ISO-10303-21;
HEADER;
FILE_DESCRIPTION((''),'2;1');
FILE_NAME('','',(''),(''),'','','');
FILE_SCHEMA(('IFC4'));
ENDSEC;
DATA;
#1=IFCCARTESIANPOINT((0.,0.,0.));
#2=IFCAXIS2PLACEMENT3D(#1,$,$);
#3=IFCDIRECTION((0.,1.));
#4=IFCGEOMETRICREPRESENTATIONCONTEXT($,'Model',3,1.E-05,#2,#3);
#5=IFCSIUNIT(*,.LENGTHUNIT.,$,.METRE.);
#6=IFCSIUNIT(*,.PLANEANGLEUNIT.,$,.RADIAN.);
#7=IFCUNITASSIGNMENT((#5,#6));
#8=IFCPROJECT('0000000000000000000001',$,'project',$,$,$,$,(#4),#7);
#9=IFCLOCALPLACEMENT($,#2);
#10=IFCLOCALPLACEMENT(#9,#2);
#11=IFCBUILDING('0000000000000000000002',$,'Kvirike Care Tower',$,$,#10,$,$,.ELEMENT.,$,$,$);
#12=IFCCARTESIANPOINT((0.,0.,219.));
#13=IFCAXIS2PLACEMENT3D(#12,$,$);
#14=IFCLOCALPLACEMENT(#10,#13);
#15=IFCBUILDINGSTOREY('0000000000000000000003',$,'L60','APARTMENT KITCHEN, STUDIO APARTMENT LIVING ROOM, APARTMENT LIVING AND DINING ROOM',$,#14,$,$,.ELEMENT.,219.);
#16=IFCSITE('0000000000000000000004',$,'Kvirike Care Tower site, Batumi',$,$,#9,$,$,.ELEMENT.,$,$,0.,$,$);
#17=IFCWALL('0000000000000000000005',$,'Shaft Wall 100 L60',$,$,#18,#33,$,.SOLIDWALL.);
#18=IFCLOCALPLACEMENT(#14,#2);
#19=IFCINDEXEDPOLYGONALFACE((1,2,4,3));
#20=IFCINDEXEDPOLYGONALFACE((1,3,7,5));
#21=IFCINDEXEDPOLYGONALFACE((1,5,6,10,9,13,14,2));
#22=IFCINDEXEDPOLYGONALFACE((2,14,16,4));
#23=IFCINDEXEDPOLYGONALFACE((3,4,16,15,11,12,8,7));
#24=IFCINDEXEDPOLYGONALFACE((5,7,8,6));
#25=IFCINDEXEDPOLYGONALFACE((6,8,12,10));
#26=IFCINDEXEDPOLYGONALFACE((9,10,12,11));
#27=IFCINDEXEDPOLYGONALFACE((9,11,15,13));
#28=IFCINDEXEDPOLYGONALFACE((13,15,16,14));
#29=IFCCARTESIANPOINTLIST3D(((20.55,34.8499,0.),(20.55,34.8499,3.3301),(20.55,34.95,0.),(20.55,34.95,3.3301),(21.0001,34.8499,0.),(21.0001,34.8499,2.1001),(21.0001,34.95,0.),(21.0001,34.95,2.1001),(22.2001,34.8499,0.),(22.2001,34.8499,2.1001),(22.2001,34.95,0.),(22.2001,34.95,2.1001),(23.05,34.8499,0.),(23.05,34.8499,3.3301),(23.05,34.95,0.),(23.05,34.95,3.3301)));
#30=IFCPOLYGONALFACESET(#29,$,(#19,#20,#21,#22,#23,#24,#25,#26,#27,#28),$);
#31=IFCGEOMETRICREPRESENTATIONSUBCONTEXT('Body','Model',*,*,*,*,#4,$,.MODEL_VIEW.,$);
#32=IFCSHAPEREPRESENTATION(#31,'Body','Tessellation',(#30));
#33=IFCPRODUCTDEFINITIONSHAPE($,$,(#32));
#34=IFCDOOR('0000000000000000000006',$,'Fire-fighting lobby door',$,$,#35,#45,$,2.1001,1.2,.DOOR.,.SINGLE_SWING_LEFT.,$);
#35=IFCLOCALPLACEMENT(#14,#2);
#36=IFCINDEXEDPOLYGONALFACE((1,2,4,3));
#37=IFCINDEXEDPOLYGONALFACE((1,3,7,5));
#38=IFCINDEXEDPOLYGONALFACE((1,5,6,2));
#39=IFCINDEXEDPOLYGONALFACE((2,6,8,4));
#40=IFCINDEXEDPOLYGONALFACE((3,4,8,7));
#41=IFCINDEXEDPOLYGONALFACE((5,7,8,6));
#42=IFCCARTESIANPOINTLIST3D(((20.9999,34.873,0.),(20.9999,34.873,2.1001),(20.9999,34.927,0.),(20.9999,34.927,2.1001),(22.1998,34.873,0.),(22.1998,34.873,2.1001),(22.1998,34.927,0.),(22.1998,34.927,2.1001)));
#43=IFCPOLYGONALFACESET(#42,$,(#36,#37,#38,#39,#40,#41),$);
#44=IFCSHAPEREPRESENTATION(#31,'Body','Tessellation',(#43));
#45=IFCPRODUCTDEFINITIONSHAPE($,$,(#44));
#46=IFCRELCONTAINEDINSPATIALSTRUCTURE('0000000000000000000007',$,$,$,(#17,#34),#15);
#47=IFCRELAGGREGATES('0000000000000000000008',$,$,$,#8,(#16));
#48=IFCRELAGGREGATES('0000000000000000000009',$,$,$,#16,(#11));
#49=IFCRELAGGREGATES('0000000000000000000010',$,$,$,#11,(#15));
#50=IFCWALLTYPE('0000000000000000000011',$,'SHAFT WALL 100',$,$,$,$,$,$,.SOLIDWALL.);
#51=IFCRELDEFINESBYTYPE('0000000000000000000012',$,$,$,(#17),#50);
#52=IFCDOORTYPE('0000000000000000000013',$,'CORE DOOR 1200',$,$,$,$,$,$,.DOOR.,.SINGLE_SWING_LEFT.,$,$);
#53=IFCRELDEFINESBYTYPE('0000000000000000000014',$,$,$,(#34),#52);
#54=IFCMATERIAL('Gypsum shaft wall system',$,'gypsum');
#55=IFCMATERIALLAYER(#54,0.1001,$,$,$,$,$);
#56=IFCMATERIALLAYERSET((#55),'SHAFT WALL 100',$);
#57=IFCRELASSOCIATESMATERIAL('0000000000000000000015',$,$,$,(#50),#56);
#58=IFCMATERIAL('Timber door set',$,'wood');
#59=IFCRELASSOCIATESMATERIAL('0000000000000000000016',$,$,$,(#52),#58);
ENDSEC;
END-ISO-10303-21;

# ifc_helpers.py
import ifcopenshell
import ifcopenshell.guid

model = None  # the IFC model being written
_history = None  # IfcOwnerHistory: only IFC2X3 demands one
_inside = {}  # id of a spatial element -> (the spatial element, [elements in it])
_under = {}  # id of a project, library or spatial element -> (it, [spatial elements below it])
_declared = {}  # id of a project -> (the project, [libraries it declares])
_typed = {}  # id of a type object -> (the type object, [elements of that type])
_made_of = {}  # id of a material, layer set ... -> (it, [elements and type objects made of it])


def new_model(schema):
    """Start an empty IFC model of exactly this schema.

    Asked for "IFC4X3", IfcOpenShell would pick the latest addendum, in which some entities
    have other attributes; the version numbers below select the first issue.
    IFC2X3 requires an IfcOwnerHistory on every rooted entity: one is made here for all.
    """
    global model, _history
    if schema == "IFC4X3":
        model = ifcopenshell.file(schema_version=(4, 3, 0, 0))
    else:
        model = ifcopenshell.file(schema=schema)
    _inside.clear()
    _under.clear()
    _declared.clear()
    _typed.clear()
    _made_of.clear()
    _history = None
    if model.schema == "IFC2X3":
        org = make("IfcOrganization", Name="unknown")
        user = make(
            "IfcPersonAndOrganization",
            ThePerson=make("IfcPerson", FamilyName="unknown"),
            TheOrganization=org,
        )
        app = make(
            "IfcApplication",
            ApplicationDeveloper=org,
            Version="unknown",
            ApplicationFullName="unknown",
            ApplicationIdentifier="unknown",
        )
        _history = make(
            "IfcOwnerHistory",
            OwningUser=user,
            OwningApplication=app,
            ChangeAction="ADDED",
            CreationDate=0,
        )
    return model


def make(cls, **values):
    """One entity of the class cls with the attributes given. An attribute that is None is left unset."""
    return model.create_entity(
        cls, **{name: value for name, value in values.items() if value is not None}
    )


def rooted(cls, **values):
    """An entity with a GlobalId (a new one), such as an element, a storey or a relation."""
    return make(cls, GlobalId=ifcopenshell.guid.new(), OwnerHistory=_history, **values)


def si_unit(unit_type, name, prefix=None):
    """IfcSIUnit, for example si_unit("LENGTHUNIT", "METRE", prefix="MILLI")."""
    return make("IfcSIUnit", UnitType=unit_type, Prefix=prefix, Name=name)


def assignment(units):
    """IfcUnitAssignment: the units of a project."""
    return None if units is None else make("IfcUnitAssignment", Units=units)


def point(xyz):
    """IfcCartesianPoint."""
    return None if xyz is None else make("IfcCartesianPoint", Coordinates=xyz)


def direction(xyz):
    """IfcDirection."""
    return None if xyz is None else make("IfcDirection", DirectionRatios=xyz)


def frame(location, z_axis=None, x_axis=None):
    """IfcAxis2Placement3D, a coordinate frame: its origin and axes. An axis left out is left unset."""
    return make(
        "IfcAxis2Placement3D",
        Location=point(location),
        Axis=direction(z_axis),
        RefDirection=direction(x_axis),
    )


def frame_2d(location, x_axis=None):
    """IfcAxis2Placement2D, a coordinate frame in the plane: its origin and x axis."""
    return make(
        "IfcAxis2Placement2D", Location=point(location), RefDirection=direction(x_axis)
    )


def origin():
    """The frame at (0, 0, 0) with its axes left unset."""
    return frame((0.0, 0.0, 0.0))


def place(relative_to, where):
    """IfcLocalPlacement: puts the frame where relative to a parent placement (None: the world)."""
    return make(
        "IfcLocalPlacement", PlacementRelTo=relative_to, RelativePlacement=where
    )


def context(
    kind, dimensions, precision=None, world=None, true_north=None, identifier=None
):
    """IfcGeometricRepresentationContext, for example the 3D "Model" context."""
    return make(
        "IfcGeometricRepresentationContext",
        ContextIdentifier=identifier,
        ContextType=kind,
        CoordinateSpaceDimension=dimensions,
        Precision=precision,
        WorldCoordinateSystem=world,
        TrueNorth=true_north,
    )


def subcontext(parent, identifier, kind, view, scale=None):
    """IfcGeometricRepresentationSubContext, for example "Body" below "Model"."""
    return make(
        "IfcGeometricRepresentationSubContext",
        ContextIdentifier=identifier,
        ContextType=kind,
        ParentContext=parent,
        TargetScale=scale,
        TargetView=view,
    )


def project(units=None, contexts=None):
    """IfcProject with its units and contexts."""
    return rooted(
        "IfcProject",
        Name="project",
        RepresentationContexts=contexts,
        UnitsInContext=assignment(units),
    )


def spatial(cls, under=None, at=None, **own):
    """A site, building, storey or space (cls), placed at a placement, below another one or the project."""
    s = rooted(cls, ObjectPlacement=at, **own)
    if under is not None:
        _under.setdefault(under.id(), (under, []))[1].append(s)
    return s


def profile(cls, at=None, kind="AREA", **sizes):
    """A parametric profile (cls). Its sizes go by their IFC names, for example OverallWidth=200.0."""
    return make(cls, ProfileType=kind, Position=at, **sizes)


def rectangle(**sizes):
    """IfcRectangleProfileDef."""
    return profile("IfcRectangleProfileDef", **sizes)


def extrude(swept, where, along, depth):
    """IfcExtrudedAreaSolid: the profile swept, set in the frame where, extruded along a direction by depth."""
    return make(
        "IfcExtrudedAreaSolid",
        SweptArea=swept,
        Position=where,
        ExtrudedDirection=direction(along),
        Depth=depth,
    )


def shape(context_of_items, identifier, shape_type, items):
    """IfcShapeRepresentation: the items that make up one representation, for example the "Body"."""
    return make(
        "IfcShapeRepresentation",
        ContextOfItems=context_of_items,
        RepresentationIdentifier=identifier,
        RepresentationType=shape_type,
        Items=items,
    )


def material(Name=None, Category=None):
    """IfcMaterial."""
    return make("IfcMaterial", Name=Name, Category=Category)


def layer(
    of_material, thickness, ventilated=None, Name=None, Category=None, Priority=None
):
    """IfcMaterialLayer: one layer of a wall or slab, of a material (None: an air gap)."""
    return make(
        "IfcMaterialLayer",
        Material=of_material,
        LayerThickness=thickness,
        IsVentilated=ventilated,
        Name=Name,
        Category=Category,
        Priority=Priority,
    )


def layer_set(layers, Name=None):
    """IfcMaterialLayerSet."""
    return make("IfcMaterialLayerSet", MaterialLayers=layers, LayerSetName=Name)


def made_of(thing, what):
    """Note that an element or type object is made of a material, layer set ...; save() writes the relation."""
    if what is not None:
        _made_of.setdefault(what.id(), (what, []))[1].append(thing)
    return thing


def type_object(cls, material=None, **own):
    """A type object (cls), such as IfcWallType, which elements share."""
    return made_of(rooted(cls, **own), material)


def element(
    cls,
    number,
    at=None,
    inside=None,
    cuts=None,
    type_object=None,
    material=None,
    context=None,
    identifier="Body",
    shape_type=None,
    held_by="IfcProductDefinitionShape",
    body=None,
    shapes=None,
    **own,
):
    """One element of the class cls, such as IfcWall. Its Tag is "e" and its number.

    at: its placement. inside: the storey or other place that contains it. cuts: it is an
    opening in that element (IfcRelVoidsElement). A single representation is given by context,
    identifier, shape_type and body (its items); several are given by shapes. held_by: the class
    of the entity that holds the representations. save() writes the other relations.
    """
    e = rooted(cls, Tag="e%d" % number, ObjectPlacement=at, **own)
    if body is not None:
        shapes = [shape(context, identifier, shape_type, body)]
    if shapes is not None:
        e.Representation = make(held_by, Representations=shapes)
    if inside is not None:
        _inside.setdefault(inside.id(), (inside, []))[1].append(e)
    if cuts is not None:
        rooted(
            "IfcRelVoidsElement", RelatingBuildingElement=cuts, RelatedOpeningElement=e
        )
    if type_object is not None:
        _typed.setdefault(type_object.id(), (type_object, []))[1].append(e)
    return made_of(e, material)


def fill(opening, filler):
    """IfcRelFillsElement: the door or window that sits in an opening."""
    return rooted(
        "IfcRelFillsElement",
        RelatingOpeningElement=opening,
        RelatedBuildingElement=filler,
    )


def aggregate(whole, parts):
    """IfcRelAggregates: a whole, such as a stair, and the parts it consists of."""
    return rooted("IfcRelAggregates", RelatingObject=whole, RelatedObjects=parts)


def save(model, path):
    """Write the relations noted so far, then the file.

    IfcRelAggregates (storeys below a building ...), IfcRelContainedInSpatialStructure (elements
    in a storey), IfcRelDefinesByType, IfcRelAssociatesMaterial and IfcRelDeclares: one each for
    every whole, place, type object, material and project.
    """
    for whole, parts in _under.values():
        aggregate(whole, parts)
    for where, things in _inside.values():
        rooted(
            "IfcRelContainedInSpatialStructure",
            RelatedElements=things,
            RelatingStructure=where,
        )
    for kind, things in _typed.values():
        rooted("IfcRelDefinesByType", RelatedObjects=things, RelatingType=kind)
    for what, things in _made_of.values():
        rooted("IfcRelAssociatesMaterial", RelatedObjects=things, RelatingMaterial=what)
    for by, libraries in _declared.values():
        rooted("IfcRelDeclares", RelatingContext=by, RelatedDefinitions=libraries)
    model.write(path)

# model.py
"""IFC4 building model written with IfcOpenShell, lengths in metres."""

from ifc_helpers import new_model, si_unit, direction, frame, frame_2d, origin, place, context, subcontext, project, spatial, rectangle, extrude, material, layer, layer_set, type_object, element, fill, save


model = new_model("IFC4")

# Units and contexts
model_context = context("Model", 3, precision=1e-05, world=origin(), true_north=direction((0.0, 1.0)))
body_context = subcontext(model_context, "Body", "Model", "MODEL_VIEW")
ifc_project = project(units=[si_unit("LENGTHUNIT", "METRE"), si_unit("PLANEANGLEUNIT", "RADIAN")], contexts=[model_context])

# Site, building, storey
site_placement = place(None, origin())
site = spatial("IfcSite", under=ifc_project, at=site_placement, Name="Kvirike Care Tower site, Batumi", CompositionType="ELEMENT", RefElevation=0.0)
building_placement = place(site_placement, origin())
building = spatial("IfcBuilding", under=site, at=building_placement, Name="Kvirike Care Tower", CompositionType="ELEMENT")
storey_placement = place(building_placement, frame((0.0, 0.0, 219.0)))
storey = spatial("IfcBuildingStorey", under=building, at=storey_placement, Name="L60", Description="APARTMENT KITCHEN, STUDIO APARTMENT LIVING ROOM, APARTMENT LIVING AND DINING ROOM", CompositionType="ELEMENT", Elevation=219.0)

# Shared definitions
ifc_material_1 = material(Name="Gypsum shaft wall system", Category="gypsum")
ifc_layer_1 = layer(ifc_material_1, 0.1001)
ifc_layer_set_1 = layer_set([ifc_layer_1], Name="SHAFT WALL 100")
wall_type_1 = type_object("IfcWallType", Name="SHAFT WALL 100", PredefinedType="SOLIDWALL", material=ifc_layer_set_1)

# Wall, opening, door
wall_1_placement = place(storey_placement, frame((20.55, 34.8999, 0.0), z_axis=(0.0, 0.0, 1.0), x_axis=(1.0, 0.0, 0.0)))
wall_1 = element("IfcWall", 1, at=wall_1_placement, inside=storey, type_object=wall_type_1, Name="Shaft Wall 100 L60", PredefinedType="SOLIDWALL", context=body_context, shape_type="SweptSolid", body=[
    extrude(rectangle(XDim=2.5, YDim=0.1001, at=frame_2d((1.25, 0.0))), origin(), (0.0, 0.0, 1.0), 3.3301),
])
opening_1_placement = place(wall_1_placement, frame((0.45, 0.0, 0.0)))
opening_1 = element("IfcOpeningElement", 2, at=opening_1_placement, cuts=wall_1, PredefinedType="OPENING", context=body_context, shape_type="SweptSolid", body=[
    extrude(rectangle(XDim=1.2, YDim=2.1001, at=frame_2d((0.6001, 1.05))), frame((0.0, 0.0605, 0.0), z_axis=(0.0, -1.0, 0.0), x_axis=(1.0, 0.0, 0.0)), (0.0, 0.0, 1.0), 0.1211),
])
ifc_material_2 = material(Name="Timber door set", Category="wood")
door_type_1 = type_object("IfcDoorType", Name="CORE DOOR 1200", OperationType="SINGLE_SWING_LEFT", PredefinedType="DOOR", material=ifc_material_2)
door_1_placement = place(opening_1_placement, frame((1.2, 0.0, 0.0), z_axis=(0.0, 0.0, 1.0), x_axis=(-1.0, 0.0, 0.0)))
door_1 = element("IfcDoor", 3, at=door_1_placement, inside=storey, type_object=door_type_1, Name="Fire-fighting lobby door", OperationType="SINGLE_SWING_LEFT", OverallHeight=2.1001, OverallWidth=1.2, PredefinedType="DOOR", context=body_context, shape_type="SweptSolid", body=[
    extrude(rectangle(XDim=1.2, YDim=2.1001, at=frame_2d((0.6001, 1.05))), frame((0.0, 0.0269, 0.0), z_axis=(0.0, -1.0, 0.0), x_axis=(1.0, 0.0, 0.0)), (0.0, 0.0, 1.0), 0.054),
])
fill(opening_1, door_1)

save(model, "model.ifc")
